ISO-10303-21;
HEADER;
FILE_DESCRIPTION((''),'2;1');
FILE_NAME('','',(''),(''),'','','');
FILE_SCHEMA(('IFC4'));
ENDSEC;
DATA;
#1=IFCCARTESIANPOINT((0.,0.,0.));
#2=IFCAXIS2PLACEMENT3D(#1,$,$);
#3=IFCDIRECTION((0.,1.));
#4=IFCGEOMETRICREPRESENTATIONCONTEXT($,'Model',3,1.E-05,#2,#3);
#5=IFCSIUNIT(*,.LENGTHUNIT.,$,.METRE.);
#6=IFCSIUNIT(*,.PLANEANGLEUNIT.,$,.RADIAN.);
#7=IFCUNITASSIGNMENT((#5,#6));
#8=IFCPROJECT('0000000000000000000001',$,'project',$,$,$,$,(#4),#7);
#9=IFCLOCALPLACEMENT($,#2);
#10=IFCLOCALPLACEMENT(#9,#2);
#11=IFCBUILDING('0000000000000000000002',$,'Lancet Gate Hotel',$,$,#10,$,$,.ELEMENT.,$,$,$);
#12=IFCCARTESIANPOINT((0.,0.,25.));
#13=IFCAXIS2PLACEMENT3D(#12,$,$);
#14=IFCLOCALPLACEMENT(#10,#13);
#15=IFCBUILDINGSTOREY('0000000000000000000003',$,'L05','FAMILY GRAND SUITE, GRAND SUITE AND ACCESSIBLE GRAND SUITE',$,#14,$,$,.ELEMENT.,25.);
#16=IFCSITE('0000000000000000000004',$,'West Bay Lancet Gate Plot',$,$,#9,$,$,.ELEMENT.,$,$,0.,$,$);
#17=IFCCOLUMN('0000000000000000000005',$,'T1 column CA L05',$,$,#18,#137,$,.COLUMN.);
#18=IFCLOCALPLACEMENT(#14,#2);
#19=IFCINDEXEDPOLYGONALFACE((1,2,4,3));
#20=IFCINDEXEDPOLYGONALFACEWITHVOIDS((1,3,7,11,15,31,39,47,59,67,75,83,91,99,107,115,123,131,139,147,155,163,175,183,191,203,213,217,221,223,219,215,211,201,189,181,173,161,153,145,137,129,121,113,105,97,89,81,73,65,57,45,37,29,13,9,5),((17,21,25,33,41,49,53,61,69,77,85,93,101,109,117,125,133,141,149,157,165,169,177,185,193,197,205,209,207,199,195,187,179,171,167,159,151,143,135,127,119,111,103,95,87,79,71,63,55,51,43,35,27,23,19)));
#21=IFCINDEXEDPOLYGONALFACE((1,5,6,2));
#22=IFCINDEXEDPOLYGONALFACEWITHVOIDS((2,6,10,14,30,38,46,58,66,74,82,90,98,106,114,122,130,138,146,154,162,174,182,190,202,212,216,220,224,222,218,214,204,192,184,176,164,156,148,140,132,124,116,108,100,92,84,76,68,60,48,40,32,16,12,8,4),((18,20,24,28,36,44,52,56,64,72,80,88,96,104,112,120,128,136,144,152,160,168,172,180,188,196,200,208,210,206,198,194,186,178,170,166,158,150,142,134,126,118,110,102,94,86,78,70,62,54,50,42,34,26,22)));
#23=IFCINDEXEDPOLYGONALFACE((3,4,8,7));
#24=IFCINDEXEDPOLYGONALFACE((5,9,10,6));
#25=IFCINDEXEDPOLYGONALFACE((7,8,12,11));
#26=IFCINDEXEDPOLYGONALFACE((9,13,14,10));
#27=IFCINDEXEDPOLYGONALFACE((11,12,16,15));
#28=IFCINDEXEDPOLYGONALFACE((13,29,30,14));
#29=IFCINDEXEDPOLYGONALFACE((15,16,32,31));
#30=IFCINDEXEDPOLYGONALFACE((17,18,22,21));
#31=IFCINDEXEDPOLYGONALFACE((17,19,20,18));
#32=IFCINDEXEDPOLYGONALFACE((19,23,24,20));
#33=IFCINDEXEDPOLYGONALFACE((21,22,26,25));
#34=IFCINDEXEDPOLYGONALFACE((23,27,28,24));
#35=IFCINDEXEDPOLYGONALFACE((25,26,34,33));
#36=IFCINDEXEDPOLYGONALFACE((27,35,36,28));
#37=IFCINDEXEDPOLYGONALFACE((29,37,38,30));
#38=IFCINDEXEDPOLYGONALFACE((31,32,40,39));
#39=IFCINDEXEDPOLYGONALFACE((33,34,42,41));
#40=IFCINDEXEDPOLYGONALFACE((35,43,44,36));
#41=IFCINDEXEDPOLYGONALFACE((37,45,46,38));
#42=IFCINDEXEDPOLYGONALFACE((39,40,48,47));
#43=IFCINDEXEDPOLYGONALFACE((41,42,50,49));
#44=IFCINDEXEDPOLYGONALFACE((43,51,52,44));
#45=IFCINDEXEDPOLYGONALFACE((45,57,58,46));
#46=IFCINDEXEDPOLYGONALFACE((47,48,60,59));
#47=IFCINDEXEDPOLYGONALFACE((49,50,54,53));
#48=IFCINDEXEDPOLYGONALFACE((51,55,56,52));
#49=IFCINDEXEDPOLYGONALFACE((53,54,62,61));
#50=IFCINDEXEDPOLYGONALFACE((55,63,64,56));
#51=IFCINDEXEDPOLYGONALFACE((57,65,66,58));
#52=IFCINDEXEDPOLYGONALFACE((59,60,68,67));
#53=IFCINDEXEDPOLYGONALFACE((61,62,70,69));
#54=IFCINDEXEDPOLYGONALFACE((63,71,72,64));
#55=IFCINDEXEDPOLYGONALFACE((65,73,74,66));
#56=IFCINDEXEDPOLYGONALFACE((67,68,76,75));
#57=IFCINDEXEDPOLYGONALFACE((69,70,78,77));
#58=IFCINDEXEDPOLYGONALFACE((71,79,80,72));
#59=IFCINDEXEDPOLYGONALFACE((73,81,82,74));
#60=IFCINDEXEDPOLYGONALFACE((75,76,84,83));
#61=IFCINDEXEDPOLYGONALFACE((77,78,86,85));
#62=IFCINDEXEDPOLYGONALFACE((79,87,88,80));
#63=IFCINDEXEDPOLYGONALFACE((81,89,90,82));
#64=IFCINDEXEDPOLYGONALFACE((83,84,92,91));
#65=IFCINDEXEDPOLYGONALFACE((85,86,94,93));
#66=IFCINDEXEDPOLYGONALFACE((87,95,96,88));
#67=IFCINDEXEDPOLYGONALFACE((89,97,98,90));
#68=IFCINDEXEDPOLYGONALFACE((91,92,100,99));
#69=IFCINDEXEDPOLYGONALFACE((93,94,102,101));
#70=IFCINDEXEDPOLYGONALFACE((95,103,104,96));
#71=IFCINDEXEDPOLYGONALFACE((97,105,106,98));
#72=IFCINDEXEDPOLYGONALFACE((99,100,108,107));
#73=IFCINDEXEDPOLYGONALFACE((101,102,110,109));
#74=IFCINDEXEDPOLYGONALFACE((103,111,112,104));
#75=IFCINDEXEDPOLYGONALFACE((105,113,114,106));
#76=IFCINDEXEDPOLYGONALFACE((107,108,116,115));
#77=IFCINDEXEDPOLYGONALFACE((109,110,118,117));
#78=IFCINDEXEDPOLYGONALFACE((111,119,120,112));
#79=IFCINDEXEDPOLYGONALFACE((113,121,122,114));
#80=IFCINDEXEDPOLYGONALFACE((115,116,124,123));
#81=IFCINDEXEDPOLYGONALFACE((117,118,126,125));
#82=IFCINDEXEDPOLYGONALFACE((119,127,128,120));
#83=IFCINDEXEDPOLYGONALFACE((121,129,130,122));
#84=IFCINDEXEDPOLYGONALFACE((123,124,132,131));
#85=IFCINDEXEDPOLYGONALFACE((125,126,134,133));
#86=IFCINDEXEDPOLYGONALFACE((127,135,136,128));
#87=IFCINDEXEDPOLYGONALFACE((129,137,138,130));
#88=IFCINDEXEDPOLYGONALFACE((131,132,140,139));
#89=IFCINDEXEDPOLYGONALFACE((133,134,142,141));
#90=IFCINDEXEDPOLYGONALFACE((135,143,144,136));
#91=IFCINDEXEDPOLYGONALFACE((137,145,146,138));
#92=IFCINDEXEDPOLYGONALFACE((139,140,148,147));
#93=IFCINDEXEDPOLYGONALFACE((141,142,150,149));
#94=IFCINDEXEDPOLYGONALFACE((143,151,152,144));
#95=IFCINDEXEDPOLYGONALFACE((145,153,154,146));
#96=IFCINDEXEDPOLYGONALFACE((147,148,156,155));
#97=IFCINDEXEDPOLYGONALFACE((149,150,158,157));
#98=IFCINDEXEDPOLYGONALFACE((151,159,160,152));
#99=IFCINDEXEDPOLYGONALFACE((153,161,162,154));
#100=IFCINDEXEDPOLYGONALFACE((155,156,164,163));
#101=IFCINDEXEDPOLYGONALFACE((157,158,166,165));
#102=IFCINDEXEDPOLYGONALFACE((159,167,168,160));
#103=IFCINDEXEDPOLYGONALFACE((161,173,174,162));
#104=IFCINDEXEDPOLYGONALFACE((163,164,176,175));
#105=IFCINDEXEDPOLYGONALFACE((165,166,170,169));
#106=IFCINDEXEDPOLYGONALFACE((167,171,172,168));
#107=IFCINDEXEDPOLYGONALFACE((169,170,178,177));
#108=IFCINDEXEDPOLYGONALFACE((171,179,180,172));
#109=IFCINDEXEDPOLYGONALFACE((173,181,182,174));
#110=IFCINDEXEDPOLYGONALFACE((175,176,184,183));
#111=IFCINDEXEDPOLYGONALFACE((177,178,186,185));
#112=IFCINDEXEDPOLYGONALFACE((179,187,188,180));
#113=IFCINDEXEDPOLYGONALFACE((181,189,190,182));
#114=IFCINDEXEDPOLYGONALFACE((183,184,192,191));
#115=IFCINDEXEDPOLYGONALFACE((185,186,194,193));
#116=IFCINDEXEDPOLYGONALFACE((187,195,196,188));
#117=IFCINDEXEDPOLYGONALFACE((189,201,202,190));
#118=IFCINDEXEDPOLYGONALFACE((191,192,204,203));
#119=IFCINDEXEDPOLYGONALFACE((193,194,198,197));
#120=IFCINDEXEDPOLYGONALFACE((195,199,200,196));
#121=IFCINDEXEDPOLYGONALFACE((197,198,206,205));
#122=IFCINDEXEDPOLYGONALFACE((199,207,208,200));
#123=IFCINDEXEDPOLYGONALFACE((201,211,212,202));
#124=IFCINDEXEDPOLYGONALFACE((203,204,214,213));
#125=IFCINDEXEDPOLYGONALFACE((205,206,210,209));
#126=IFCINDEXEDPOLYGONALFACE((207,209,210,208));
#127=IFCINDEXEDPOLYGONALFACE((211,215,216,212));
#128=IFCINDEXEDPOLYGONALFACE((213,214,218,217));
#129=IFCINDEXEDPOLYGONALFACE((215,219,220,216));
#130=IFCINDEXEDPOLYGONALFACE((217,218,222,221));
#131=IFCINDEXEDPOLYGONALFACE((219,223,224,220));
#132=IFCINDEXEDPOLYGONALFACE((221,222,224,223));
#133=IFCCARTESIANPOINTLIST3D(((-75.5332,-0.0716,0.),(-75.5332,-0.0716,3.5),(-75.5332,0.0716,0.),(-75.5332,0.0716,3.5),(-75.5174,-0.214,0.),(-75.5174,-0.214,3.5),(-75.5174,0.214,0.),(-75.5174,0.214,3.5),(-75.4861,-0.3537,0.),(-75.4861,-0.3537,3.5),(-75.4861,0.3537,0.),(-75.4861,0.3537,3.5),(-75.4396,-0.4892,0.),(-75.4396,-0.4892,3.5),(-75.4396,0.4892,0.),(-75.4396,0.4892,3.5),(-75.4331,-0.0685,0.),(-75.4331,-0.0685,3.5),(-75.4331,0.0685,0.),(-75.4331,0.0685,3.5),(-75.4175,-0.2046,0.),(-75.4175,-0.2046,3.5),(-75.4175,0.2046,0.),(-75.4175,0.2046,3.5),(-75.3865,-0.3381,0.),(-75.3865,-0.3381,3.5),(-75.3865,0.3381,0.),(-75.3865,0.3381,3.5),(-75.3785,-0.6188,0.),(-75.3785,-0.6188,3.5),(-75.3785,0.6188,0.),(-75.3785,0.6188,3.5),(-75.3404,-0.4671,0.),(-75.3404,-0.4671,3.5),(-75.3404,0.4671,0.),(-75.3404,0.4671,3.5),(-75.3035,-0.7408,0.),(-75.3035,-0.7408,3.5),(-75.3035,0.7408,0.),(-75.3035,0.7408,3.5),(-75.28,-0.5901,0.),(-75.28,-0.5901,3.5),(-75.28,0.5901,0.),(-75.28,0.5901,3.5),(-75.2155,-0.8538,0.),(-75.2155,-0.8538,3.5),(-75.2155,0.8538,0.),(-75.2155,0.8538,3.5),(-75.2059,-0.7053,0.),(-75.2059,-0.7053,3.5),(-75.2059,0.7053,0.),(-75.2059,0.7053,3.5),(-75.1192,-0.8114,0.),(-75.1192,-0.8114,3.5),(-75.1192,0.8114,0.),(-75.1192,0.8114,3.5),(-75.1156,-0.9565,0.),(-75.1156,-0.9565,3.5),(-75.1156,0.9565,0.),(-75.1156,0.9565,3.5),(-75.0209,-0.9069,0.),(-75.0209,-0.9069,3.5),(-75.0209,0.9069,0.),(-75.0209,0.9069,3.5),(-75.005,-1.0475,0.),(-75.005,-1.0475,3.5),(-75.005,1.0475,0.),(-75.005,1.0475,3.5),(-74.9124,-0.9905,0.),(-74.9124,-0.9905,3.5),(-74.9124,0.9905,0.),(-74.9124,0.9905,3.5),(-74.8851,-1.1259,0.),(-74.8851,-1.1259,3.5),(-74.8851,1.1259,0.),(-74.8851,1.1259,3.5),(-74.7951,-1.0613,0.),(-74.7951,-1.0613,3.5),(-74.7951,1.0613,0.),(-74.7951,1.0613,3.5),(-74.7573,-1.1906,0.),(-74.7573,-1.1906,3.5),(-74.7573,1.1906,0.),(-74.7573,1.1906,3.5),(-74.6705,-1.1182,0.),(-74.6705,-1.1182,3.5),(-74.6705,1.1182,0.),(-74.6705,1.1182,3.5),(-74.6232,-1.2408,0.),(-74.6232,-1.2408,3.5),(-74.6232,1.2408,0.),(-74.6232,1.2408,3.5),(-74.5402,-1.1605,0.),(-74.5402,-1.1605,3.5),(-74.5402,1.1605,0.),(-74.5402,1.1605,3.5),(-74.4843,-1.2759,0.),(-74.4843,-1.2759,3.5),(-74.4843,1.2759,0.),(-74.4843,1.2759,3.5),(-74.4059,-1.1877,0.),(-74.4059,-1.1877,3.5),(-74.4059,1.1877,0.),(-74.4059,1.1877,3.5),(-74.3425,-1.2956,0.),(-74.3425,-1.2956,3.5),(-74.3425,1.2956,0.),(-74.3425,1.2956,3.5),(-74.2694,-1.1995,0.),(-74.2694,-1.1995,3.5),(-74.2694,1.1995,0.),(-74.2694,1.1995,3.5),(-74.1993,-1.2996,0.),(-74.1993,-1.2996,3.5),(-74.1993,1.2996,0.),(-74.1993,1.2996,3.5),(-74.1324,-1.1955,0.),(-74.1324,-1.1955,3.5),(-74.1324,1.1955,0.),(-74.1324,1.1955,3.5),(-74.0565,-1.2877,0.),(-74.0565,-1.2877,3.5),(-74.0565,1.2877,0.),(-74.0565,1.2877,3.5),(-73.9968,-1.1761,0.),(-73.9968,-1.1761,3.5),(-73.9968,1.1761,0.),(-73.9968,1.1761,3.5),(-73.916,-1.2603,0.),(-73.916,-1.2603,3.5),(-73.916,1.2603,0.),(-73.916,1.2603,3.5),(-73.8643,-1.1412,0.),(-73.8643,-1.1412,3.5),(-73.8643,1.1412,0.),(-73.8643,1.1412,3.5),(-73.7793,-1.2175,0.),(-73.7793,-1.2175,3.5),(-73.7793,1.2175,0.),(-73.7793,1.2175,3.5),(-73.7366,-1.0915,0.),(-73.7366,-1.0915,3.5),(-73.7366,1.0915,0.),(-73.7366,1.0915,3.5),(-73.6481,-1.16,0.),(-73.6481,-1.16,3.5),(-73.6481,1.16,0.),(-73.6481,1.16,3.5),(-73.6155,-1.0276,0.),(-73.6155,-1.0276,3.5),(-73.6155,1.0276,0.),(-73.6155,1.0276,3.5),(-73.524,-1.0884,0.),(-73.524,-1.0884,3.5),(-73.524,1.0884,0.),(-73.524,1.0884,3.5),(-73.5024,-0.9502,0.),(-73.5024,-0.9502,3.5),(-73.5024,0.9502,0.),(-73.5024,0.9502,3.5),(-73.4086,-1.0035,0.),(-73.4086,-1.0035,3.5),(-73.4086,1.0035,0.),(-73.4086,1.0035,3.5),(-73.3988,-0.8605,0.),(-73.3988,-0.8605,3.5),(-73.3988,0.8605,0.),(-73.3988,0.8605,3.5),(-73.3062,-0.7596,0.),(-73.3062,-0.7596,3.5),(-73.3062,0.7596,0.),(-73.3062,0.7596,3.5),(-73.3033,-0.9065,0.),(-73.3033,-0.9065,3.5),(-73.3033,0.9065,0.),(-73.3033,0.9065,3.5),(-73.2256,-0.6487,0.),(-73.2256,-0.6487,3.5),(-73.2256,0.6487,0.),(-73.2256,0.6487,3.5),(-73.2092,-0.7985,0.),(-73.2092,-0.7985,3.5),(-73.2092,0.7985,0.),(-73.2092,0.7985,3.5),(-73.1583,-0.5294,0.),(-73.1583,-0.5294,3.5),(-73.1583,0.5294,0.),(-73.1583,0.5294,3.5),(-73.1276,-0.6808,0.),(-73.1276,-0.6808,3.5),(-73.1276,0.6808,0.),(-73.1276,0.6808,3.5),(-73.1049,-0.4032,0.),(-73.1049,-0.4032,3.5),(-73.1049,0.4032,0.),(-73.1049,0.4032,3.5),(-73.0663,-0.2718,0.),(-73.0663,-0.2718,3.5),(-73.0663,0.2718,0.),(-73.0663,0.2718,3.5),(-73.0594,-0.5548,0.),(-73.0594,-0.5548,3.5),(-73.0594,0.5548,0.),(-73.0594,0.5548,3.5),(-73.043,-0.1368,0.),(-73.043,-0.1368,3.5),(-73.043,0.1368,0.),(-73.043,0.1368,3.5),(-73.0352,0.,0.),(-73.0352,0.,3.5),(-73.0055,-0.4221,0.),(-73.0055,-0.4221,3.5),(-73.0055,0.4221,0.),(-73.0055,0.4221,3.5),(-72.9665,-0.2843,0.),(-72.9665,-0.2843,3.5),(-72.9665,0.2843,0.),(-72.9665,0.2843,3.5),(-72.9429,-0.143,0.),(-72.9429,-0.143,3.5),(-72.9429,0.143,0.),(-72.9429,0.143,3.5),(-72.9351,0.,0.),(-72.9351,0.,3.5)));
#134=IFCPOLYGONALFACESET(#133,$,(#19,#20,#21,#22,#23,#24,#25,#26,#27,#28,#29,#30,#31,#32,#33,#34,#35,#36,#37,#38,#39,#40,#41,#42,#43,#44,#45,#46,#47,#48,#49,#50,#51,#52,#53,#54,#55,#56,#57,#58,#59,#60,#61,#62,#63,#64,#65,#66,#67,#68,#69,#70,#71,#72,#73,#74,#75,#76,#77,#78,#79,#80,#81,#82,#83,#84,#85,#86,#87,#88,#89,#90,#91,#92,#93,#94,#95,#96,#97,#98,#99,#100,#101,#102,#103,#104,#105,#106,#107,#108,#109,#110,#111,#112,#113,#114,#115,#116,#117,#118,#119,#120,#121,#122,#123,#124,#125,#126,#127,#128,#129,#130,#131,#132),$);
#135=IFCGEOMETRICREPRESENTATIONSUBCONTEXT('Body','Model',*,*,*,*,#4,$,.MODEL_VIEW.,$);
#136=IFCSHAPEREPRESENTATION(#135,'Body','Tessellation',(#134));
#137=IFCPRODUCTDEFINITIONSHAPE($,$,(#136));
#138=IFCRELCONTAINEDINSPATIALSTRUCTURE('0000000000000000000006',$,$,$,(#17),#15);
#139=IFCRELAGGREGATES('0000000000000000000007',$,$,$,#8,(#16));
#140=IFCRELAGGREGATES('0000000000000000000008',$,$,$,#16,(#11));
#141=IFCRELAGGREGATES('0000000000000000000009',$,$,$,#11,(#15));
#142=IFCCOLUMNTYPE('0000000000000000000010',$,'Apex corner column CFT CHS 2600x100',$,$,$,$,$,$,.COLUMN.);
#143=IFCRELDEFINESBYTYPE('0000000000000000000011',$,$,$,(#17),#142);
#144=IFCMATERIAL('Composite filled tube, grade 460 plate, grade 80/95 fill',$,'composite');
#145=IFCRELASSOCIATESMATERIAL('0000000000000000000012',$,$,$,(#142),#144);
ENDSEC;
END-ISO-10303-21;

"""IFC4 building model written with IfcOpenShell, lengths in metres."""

from ifc_helpers import new_model, si_unit, direction, frame, origin, origin_2d, place, context, subcontext, project, spatial, hollow_circle, extrude, material, material_profile, profile_set, type_object, element, save


model = new_model("IFC4")

# Units and contexts
model_context = context("Model", 3, precision=1e-05, world=origin(), true_north=direction((0.0, 1.0)))
body_context = subcontext(model_context, "Body", "Model", "MODEL_VIEW")
ifc_project = project(units=[si_unit("LENGTHUNIT", "METRE"), si_unit("PLANEANGLEUNIT", "RADIAN")], contexts=[model_context])

# Site, building, storey
site_placement = place(None, origin())
site = spatial("IfcSite", under=ifc_project, at=site_placement, Name="West Bay Lancet Gate Plot", CompositionType="ELEMENT", RefElevation=0.0)
building_placement = place(site_placement, origin())
building = spatial("IfcBuilding", under=site, at=building_placement, Name="Lancet Gate Hotel", CompositionType="ELEMENT")
storey_placement = place(building_placement, frame((0.0, 0.0, 25.0)))
storey = spatial("IfcBuildingStorey", under=building, at=storey_placement, Name="L05", Description="FAMILY GRAND SUITE, GRAND SUITE AND ACCESSIBLE GRAND SUITE", CompositionType="ELEMENT", Elevation=25.0)

# Column
ifc_material_1 = material(Name="Composite filled tube, grade 460 plate, grade 80/95 fill", Category="composite")
ifc_material_profile_1 = material_profile(ifc_material_1, hollow_circle(Radius=1.3, WallThickness=0.1001, at=origin_2d()), Name="CHS 2600x100")
ifc_profile_set_1 = profile_set([ifc_material_profile_1], Name="Composite filled tube, grade 460 plate, grade 80/95 fill")
column_type_1 = type_object("IfcColumnType", Name="Apex corner column CFT CHS 2600x100", PredefinedType="COLUMN", material=ifc_profile_set_1)
column_1_placement = place(storey_placement, frame((-74.2351, 0.0, 0.0), z_axis=(0.0, 0.0, 1.0), x_axis=(1.0, 0.0, 0.0)))
element("IfcColumn", 1, at=column_1_placement, inside=storey, type_object=column_type_1, Name="T1 column CA L05", PredefinedType="COLUMN", context=body_context, shape_type="SweptSolid", body=[
    extrude(hollow_circle(Radius=1.3, WallThickness=0.1001, at=origin_2d()), origin(), (0.0, 0.0, 1.0), 3.5),
])

save(model, "model.ifc")
